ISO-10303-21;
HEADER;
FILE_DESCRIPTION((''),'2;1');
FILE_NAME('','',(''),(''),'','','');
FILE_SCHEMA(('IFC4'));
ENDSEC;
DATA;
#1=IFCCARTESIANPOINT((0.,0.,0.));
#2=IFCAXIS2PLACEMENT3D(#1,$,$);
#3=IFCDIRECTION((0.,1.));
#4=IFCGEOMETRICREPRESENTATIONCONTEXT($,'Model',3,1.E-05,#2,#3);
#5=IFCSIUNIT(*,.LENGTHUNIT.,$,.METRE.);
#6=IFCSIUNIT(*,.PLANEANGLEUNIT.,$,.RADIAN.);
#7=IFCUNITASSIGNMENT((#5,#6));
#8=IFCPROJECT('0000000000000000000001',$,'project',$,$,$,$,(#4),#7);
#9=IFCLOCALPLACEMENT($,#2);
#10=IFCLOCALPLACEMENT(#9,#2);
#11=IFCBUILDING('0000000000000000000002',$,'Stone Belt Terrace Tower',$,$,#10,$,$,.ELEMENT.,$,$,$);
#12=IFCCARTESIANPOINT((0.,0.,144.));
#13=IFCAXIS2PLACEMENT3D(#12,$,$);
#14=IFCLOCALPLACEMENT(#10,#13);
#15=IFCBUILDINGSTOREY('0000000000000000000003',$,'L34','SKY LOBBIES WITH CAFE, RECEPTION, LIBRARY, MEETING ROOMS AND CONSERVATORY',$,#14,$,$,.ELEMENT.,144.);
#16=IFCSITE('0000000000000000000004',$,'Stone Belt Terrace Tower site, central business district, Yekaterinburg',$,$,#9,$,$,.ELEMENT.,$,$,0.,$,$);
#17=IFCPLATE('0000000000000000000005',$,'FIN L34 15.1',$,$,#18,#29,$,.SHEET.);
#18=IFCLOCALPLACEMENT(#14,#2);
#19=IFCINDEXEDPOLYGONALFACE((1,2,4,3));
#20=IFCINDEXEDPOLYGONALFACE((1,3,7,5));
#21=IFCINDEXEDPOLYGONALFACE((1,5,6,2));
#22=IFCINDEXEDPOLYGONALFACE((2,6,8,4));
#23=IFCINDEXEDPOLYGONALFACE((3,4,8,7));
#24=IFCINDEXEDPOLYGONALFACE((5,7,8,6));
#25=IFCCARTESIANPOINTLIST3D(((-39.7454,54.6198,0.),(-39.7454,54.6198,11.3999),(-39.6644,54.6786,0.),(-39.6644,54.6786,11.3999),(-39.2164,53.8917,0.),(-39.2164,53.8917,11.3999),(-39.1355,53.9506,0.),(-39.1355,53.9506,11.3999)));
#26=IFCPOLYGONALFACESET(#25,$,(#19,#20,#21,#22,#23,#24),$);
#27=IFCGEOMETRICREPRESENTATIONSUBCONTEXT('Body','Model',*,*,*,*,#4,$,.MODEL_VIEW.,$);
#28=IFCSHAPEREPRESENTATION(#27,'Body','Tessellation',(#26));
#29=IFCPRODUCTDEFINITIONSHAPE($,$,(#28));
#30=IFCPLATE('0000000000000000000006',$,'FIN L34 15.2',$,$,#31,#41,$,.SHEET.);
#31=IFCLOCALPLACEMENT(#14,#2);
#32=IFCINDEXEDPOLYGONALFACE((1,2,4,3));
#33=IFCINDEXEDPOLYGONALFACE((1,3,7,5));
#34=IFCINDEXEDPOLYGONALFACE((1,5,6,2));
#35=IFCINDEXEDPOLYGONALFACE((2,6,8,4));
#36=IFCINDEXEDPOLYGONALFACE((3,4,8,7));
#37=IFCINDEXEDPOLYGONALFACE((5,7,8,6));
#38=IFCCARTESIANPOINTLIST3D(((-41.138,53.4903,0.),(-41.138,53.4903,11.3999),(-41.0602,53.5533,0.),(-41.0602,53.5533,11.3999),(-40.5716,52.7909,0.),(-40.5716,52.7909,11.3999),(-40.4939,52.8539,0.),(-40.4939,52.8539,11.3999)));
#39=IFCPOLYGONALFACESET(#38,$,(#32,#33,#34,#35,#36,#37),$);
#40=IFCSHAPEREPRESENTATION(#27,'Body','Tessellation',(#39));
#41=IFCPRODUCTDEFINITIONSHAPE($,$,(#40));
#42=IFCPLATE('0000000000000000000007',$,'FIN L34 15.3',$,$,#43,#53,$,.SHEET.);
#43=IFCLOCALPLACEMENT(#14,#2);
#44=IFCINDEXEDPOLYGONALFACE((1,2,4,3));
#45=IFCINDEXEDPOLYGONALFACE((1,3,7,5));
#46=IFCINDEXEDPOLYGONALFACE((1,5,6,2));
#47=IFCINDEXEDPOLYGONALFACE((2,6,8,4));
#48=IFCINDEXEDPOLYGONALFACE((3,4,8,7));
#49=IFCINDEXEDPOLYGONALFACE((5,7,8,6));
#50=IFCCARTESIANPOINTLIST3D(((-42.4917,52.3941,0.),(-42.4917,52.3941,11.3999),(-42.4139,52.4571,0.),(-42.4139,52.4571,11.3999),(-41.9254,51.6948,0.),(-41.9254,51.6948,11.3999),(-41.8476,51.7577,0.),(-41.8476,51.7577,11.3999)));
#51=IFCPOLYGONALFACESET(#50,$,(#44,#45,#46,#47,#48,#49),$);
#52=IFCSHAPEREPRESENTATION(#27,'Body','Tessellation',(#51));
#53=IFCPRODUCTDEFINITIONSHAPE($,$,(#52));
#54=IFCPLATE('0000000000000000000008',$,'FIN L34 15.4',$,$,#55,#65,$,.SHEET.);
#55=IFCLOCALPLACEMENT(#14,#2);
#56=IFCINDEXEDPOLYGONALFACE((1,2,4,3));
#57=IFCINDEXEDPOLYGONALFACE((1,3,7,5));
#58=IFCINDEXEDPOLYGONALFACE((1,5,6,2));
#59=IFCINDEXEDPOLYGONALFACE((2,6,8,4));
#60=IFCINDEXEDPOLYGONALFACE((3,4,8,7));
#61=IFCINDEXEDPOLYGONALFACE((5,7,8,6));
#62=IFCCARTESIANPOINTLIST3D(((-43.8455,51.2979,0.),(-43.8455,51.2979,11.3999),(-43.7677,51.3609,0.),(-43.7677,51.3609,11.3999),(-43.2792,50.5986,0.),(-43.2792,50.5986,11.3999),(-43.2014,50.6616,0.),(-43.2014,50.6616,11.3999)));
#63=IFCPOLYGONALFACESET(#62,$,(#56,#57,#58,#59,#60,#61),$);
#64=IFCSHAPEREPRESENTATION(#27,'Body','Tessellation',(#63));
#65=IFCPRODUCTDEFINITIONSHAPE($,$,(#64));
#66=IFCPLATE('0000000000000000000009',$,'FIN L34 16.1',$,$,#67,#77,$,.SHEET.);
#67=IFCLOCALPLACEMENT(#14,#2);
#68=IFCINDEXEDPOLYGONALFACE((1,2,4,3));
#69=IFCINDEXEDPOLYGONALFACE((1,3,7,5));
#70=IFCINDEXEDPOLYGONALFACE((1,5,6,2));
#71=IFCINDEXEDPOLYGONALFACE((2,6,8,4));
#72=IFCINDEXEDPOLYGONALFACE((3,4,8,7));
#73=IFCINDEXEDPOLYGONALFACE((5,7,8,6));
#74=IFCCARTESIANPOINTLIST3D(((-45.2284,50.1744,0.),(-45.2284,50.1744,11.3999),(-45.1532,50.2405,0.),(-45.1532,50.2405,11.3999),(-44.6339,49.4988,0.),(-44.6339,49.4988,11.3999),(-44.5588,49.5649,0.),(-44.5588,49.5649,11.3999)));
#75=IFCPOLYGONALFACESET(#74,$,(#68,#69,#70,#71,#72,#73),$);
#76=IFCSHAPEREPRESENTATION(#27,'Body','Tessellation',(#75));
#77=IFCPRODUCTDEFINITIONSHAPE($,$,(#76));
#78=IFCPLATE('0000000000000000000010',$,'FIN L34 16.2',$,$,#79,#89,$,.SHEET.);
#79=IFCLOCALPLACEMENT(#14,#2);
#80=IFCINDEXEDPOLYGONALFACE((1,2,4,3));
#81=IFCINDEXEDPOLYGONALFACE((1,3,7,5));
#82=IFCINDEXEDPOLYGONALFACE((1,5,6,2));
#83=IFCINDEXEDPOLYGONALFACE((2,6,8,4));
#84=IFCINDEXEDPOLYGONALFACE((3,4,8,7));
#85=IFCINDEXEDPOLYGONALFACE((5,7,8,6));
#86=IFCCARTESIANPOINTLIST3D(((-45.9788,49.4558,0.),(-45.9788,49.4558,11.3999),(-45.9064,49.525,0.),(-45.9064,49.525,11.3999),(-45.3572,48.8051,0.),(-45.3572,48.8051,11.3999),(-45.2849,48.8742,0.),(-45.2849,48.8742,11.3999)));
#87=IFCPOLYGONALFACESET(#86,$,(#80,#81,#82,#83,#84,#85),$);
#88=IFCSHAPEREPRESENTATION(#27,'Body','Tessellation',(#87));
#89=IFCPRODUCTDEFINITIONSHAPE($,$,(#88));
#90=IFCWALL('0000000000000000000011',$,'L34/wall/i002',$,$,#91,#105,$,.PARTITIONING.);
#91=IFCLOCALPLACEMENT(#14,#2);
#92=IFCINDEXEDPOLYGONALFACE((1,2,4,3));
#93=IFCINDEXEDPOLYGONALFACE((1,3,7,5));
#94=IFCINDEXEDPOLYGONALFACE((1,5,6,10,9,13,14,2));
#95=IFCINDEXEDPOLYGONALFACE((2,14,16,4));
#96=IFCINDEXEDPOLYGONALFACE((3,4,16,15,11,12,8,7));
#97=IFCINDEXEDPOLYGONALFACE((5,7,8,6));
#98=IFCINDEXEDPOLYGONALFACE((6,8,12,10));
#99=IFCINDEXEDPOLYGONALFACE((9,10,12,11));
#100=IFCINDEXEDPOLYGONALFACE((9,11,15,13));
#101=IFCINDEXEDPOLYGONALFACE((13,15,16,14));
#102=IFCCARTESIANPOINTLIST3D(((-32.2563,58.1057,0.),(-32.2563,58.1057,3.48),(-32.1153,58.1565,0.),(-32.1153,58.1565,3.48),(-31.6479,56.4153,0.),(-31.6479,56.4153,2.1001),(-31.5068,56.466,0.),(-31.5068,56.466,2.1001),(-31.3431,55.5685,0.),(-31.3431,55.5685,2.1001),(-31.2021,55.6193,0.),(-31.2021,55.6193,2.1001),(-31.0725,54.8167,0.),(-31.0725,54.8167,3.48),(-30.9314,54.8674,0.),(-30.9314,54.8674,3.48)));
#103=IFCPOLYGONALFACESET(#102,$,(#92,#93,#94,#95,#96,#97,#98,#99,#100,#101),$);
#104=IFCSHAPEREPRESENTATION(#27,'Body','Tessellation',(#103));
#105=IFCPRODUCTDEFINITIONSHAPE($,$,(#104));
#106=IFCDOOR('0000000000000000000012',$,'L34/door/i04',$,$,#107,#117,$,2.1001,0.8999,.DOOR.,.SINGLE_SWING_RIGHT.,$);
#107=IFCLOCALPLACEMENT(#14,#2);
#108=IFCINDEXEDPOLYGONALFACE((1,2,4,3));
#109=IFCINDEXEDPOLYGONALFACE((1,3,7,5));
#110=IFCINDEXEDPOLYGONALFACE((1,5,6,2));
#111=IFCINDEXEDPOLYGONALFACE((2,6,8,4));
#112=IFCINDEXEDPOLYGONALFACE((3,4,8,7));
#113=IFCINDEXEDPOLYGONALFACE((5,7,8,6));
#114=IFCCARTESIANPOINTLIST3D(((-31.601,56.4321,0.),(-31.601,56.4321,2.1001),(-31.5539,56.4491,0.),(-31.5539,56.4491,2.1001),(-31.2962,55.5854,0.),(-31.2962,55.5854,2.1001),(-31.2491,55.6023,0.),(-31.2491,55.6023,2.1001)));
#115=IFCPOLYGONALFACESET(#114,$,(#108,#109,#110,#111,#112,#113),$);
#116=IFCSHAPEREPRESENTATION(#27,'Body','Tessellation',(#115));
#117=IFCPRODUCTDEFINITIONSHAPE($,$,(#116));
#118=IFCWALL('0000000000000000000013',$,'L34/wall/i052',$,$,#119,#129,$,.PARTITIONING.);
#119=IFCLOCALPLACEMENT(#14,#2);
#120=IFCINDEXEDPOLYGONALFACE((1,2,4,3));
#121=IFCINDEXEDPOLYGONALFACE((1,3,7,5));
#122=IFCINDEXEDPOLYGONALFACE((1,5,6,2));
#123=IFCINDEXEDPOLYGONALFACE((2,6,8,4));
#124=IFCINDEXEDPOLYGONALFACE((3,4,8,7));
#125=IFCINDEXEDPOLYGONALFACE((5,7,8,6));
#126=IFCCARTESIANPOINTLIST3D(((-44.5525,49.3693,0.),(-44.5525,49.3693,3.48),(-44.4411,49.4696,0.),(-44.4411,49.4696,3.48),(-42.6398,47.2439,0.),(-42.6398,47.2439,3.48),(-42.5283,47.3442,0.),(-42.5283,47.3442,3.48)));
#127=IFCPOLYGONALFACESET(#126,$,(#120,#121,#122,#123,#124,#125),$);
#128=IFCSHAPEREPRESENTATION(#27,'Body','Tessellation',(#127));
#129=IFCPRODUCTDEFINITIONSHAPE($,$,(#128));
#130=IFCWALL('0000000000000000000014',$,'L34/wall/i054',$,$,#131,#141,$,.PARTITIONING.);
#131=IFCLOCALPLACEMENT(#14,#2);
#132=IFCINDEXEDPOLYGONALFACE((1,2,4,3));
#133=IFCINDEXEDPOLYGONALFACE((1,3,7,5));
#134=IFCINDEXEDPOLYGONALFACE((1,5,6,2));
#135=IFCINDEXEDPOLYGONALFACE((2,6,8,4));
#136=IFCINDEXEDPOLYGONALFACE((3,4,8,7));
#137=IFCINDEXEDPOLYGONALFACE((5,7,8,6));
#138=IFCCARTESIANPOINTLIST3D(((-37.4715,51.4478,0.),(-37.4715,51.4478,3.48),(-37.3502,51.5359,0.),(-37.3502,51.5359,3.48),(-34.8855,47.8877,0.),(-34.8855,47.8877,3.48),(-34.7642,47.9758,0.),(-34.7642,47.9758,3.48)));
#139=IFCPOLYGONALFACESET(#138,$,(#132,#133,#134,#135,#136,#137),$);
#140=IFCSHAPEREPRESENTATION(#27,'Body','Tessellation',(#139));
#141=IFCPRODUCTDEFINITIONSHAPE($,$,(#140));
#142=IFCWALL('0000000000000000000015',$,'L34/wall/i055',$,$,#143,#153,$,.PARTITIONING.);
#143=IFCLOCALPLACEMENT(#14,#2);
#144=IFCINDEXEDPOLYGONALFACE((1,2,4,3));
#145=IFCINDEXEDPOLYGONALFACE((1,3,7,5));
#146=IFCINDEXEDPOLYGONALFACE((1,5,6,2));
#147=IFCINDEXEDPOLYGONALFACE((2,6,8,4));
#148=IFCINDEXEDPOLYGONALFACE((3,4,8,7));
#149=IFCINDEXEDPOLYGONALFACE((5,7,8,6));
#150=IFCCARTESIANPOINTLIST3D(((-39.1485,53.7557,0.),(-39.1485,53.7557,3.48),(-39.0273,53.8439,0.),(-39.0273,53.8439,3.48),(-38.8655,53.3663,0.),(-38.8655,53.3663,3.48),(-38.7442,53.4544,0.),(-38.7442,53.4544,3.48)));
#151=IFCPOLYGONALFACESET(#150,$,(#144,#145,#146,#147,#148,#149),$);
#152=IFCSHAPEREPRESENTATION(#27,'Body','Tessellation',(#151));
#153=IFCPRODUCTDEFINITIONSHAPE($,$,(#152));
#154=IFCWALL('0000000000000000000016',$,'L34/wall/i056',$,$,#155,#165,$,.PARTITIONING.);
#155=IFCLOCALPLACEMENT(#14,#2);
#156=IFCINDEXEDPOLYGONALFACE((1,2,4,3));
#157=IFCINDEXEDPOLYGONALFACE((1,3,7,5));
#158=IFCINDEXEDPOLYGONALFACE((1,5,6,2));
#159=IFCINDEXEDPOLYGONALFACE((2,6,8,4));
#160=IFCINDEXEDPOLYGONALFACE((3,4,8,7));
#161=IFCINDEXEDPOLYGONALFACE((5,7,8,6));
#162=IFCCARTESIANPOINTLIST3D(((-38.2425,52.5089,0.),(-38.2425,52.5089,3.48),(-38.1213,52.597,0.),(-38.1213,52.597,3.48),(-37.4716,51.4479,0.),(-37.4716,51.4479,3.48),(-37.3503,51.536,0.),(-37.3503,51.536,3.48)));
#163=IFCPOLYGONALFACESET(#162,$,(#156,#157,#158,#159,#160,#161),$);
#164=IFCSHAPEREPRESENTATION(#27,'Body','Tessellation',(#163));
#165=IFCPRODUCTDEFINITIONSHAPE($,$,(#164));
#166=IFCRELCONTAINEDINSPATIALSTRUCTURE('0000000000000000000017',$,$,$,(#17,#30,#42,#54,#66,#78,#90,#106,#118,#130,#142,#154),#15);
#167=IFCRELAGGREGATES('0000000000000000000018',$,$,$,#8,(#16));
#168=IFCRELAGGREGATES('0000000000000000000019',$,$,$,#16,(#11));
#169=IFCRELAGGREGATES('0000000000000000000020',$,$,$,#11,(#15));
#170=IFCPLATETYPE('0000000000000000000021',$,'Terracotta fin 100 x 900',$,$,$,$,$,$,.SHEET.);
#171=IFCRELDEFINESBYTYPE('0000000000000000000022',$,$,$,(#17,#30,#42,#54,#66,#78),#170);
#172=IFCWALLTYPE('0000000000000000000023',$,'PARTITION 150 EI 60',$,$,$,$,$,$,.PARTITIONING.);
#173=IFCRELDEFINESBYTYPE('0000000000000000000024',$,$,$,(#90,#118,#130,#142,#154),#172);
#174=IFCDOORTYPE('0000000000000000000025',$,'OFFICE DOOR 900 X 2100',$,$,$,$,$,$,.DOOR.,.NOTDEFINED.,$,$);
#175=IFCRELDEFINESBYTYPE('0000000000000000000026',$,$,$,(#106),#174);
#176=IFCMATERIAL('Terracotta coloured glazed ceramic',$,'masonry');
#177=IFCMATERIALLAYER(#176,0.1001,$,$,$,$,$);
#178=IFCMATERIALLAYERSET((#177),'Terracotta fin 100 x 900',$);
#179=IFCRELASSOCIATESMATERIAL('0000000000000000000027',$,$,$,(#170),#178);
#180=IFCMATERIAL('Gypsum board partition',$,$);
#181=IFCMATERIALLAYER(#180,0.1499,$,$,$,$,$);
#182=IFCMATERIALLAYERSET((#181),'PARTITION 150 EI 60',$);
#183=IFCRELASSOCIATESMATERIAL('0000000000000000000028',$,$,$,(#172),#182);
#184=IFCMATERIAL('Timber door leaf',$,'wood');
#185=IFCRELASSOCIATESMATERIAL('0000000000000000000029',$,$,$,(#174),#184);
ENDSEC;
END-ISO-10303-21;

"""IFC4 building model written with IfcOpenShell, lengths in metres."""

from ifc_helpers import new_model, si_unit, direction, frame, frame_2d, origin, origin_2d, place, context, subcontext, project, spatial, rectangle, extrude, material, layer, layer_set, type_object, element, fill, save


model = new_model("IFC4")

# Units and contexts
model_context = context("Model", 3, precision=1e-05, world=origin(), true_north=direction((0.0, 1.0)))
body_context = subcontext(model_context, "Body", "Model", "MODEL_VIEW")
ifc_project = project(units=[si_unit("LENGTHUNIT", "METRE"), si_unit("PLANEANGLEUNIT", "RADIAN")], contexts=[model_context])

# Site, building, storey
site_placement = place(None, origin())
site = spatial("IfcSite", under=ifc_project, at=site_placement, Name="Stone Belt Terrace Tower site, central business district, Yekaterinburg", CompositionType="ELEMENT", RefElevation=0.0)
building_placement = place(site_placement, origin())
building = spatial("IfcBuilding", under=site, at=building_placement, Name="Stone Belt Terrace Tower", CompositionType="ELEMENT")
storey_placement = place(building_placement, frame((0.0, 0.0, 144.0)))
storey = spatial("IfcBuildingStorey", under=building, at=storey_placement, Name="L34", Description="SKY LOBBIES WITH CAFE, RECEPTION, LIBRARY, MEETING ROOMS AND CONSERVATORY", CompositionType="ELEMENT", Elevation=144.0)

# Plates
ifc_material_1 = material(Name="Terracotta coloured glazed ceramic", Category="masonry")
ifc_layer_1 = layer(ifc_material_1, 0.1001)
ifc_layer_set_1 = layer_set([ifc_layer_1], Name="Terracotta fin 100 x 900")
plate_type_1 = type_object("IfcPlateType", Name="Terracotta fin 100 x 900", PredefinedType="SHEET", material=ifc_layer_set_1)
for number, where, z_axis, x_axis, name in (
    (1, (-39.4404, 54.2852, 0.0), (0.0, 0.0, 1.0), (-0.587785, 0.809017, 0.0), "FIN L34 15.1"),
    (2, (-40.8159, 53.1721, 0.0), (0.0, 0.0, 1.0), (-0.62932, 0.777146, 0.0), "FIN L34 15.2"),
    (3, (-42.1697, 52.0759, 0.0), (0.0, 0.0, 1.0), (-0.62932, 0.777146, 0.0), "FIN L34 15.3"),
    (4, (-43.5234, 50.9797, 0.0), (0.0, 0.0, 1.0), (-0.62932, 0.777146, 0.0), "FIN L34 15.4"),
    (5, (-44.8936, 49.8696, 0.0), (0.0, 0.0, 1.0), (-0.660573, 0.750761, 0.0), "FIN L34 16.1"),
    (6, (-45.6318, 49.165, 0.0), (0.0, 0.0, 1.0), (-0.690721, 0.723121, 0.0), "FIN L34 16.2"),
):
    element("IfcPlate", number, at=place(storey_placement, frame(where, z_axis=z_axis, x_axis=x_axis)), inside=storey, type_object=plate_type_1, Name=name, PredefinedType="SHEET", context=body_context, shape_type="SweptSolid", body=[
        extrude(rectangle(XDim=0.8999, YDim=0.1001, at=origin_2d()), origin(), (0.0, 0.0, 1.0), 11.3999),
    ])

# Wall, opening, door
ifc_material_2 = material(Name="Gypsum board partition")
ifc_layer_2 = layer(ifc_material_2, 0.1499)
ifc_layer_set_2 = layer_set([ifc_layer_2], Name="PARTITION 150 EI 60")
wall_type = type_object("IfcWallType", Name="PARTITION 150 EI 60", PredefinedType="PARTITIONING", material=ifc_layer_set_2)
wall_1_placement = place(storey_placement, frame((-32.1858, 58.1311, 0.0), z_axis=(0.0, 0.0, 1.0), x_axis=(0.338663, -0.940908, 0.0)))
wall_1 = element("IfcWall", 7, at=wall_1_placement, inside=storey, type_object=wall_type, Name="L34/wall/i002", PredefinedType="PARTITIONING", context=body_context, shape_type="SweptSolid", body=[
    extrude(rectangle(XDim=3.4956, YDim=0.1499, at=frame_2d((1.7478, 0.0))), origin(), (0.0, 0.0, 1.0), 3.48),
])
opening_placement = place(wall_1_placement, frame((1.7966, 0.0, 0.0)))
opening = element("IfcOpeningElement", 8, at=opening_placement, cuts=wall_1, PredefinedType="OPENING", context=body_context, shape_type="SweptSolid", body=[
    extrude(rectangle(XDim=0.8999, YDim=2.1001, at=frame_2d((0.45, 1.05))), frame((0.0, 0.085, 0.0), z_axis=(0.0, -1.0, 0.0), x_axis=(1.0, 0.0, 0.0)), (0.0, 0.0, 1.0), 0.1699),
])
ifc_material_3 = material(Name="Timber door leaf", Category="wood")
door_type = type_object("IfcDoorType", Name="OFFICE DOOR 900 X 2100", OperationType="NOTDEFINED", PredefinedType="DOOR", material=ifc_material_3)
door_placement = place(opening_placement, origin())
door = element("IfcDoor", 9, at=door_placement, inside=storey, type_object=door_type, Name="L34/door/i04", OperationType="SINGLE_SWING_RIGHT", OverallHeight=2.1001, OverallWidth=0.8999, PredefinedType="DOOR", context=body_context, shape_type="SweptSolid", body=[
    extrude(rectangle(XDim=0.8999, YDim=2.1001, at=frame_2d((0.45, 1.05))), frame((0.0, 0.0249, 0.0), z_axis=(0.0, -1.0, 0.0), x_axis=(1.0, 0.0, 0.0)), (0.0, 0.0, 1.0), 0.05),
])
fill(opening, door)

# Walls
wall_2_placement = place(storey_placement, frame((-44.4968, 49.4194, 0.0), z_axis=(0.0, 0.0, 1.0), x_axis=(0.668946, -0.743311, 0.0)))
element("IfcWall", 10, at=wall_2_placement, inside=storey, type_object=wall_type, Name="L34/wall/i052", PredefinedType="PARTITIONING", context=body_context, shape_type="SweptSolid", body=[
    extrude(rectangle(XDim=2.8594, YDim=0.1499, at=frame_2d((1.4297, 0.0))), origin(), (0.0, 0.0, 1.0), 3.48),
])
wall_3_placement = place(storey_placement, frame((-37.4109, 51.4919, 0.0), z_axis=(0.0, 0.0, 1.0), x_axis=(0.587697, -0.809081, 0.0)))
element("IfcWall", 11, at=wall_3_placement, inside=storey, type_object=wall_type, Name="L34/wall/i054", PredefinedType="PARTITIONING", context=body_context, shape_type="SweptSolid", body=[
    extrude(rectangle(XDim=4.4001, YDim=0.1499, at=frame_2d((2.2002, 0.0))), origin(), (0.0, 0.0, 1.0), 3.48),
])
wall_4_placement = place(storey_placement, frame((-39.0879, 53.7998, 0.0), z_axis=(0.0, 0.0, 1.0), x_axis=(0.58784, -0.808977, 0.0)))
element("IfcWall", 12, at=wall_4_placement, inside=storey, type_object=wall_type, Name="L34/wall/i055", PredefinedType="PARTITIONING", context=body_context, shape_type="SweptSolid", body=[
    extrude(rectangle(XDim=0.4814, YDim=0.1499, at=frame_2d((0.2407, 0.0))), origin(), (0.0, 0.0, 1.0), 3.48),
])
wall_5_placement = place(storey_placement, frame((-38.1819, 52.553, 0.0), z_axis=(0.0, 0.0, 1.0), x_axis=(0.58784, -0.808977, 0.0)))
element("IfcWall", 13, at=wall_5_placement, inside=storey, type_object=wall_type, Name="L34/wall/i056", PredefinedType="PARTITIONING", context=body_context, shape_type="SweptSolid", body=[
    extrude(rectangle(XDim=1.3115, YDim=0.1499, at=frame_2d((0.6558, 0.0))), origin(), (0.0, 0.0, 1.0), 3.48),
])

save(model, "model.ifc")
